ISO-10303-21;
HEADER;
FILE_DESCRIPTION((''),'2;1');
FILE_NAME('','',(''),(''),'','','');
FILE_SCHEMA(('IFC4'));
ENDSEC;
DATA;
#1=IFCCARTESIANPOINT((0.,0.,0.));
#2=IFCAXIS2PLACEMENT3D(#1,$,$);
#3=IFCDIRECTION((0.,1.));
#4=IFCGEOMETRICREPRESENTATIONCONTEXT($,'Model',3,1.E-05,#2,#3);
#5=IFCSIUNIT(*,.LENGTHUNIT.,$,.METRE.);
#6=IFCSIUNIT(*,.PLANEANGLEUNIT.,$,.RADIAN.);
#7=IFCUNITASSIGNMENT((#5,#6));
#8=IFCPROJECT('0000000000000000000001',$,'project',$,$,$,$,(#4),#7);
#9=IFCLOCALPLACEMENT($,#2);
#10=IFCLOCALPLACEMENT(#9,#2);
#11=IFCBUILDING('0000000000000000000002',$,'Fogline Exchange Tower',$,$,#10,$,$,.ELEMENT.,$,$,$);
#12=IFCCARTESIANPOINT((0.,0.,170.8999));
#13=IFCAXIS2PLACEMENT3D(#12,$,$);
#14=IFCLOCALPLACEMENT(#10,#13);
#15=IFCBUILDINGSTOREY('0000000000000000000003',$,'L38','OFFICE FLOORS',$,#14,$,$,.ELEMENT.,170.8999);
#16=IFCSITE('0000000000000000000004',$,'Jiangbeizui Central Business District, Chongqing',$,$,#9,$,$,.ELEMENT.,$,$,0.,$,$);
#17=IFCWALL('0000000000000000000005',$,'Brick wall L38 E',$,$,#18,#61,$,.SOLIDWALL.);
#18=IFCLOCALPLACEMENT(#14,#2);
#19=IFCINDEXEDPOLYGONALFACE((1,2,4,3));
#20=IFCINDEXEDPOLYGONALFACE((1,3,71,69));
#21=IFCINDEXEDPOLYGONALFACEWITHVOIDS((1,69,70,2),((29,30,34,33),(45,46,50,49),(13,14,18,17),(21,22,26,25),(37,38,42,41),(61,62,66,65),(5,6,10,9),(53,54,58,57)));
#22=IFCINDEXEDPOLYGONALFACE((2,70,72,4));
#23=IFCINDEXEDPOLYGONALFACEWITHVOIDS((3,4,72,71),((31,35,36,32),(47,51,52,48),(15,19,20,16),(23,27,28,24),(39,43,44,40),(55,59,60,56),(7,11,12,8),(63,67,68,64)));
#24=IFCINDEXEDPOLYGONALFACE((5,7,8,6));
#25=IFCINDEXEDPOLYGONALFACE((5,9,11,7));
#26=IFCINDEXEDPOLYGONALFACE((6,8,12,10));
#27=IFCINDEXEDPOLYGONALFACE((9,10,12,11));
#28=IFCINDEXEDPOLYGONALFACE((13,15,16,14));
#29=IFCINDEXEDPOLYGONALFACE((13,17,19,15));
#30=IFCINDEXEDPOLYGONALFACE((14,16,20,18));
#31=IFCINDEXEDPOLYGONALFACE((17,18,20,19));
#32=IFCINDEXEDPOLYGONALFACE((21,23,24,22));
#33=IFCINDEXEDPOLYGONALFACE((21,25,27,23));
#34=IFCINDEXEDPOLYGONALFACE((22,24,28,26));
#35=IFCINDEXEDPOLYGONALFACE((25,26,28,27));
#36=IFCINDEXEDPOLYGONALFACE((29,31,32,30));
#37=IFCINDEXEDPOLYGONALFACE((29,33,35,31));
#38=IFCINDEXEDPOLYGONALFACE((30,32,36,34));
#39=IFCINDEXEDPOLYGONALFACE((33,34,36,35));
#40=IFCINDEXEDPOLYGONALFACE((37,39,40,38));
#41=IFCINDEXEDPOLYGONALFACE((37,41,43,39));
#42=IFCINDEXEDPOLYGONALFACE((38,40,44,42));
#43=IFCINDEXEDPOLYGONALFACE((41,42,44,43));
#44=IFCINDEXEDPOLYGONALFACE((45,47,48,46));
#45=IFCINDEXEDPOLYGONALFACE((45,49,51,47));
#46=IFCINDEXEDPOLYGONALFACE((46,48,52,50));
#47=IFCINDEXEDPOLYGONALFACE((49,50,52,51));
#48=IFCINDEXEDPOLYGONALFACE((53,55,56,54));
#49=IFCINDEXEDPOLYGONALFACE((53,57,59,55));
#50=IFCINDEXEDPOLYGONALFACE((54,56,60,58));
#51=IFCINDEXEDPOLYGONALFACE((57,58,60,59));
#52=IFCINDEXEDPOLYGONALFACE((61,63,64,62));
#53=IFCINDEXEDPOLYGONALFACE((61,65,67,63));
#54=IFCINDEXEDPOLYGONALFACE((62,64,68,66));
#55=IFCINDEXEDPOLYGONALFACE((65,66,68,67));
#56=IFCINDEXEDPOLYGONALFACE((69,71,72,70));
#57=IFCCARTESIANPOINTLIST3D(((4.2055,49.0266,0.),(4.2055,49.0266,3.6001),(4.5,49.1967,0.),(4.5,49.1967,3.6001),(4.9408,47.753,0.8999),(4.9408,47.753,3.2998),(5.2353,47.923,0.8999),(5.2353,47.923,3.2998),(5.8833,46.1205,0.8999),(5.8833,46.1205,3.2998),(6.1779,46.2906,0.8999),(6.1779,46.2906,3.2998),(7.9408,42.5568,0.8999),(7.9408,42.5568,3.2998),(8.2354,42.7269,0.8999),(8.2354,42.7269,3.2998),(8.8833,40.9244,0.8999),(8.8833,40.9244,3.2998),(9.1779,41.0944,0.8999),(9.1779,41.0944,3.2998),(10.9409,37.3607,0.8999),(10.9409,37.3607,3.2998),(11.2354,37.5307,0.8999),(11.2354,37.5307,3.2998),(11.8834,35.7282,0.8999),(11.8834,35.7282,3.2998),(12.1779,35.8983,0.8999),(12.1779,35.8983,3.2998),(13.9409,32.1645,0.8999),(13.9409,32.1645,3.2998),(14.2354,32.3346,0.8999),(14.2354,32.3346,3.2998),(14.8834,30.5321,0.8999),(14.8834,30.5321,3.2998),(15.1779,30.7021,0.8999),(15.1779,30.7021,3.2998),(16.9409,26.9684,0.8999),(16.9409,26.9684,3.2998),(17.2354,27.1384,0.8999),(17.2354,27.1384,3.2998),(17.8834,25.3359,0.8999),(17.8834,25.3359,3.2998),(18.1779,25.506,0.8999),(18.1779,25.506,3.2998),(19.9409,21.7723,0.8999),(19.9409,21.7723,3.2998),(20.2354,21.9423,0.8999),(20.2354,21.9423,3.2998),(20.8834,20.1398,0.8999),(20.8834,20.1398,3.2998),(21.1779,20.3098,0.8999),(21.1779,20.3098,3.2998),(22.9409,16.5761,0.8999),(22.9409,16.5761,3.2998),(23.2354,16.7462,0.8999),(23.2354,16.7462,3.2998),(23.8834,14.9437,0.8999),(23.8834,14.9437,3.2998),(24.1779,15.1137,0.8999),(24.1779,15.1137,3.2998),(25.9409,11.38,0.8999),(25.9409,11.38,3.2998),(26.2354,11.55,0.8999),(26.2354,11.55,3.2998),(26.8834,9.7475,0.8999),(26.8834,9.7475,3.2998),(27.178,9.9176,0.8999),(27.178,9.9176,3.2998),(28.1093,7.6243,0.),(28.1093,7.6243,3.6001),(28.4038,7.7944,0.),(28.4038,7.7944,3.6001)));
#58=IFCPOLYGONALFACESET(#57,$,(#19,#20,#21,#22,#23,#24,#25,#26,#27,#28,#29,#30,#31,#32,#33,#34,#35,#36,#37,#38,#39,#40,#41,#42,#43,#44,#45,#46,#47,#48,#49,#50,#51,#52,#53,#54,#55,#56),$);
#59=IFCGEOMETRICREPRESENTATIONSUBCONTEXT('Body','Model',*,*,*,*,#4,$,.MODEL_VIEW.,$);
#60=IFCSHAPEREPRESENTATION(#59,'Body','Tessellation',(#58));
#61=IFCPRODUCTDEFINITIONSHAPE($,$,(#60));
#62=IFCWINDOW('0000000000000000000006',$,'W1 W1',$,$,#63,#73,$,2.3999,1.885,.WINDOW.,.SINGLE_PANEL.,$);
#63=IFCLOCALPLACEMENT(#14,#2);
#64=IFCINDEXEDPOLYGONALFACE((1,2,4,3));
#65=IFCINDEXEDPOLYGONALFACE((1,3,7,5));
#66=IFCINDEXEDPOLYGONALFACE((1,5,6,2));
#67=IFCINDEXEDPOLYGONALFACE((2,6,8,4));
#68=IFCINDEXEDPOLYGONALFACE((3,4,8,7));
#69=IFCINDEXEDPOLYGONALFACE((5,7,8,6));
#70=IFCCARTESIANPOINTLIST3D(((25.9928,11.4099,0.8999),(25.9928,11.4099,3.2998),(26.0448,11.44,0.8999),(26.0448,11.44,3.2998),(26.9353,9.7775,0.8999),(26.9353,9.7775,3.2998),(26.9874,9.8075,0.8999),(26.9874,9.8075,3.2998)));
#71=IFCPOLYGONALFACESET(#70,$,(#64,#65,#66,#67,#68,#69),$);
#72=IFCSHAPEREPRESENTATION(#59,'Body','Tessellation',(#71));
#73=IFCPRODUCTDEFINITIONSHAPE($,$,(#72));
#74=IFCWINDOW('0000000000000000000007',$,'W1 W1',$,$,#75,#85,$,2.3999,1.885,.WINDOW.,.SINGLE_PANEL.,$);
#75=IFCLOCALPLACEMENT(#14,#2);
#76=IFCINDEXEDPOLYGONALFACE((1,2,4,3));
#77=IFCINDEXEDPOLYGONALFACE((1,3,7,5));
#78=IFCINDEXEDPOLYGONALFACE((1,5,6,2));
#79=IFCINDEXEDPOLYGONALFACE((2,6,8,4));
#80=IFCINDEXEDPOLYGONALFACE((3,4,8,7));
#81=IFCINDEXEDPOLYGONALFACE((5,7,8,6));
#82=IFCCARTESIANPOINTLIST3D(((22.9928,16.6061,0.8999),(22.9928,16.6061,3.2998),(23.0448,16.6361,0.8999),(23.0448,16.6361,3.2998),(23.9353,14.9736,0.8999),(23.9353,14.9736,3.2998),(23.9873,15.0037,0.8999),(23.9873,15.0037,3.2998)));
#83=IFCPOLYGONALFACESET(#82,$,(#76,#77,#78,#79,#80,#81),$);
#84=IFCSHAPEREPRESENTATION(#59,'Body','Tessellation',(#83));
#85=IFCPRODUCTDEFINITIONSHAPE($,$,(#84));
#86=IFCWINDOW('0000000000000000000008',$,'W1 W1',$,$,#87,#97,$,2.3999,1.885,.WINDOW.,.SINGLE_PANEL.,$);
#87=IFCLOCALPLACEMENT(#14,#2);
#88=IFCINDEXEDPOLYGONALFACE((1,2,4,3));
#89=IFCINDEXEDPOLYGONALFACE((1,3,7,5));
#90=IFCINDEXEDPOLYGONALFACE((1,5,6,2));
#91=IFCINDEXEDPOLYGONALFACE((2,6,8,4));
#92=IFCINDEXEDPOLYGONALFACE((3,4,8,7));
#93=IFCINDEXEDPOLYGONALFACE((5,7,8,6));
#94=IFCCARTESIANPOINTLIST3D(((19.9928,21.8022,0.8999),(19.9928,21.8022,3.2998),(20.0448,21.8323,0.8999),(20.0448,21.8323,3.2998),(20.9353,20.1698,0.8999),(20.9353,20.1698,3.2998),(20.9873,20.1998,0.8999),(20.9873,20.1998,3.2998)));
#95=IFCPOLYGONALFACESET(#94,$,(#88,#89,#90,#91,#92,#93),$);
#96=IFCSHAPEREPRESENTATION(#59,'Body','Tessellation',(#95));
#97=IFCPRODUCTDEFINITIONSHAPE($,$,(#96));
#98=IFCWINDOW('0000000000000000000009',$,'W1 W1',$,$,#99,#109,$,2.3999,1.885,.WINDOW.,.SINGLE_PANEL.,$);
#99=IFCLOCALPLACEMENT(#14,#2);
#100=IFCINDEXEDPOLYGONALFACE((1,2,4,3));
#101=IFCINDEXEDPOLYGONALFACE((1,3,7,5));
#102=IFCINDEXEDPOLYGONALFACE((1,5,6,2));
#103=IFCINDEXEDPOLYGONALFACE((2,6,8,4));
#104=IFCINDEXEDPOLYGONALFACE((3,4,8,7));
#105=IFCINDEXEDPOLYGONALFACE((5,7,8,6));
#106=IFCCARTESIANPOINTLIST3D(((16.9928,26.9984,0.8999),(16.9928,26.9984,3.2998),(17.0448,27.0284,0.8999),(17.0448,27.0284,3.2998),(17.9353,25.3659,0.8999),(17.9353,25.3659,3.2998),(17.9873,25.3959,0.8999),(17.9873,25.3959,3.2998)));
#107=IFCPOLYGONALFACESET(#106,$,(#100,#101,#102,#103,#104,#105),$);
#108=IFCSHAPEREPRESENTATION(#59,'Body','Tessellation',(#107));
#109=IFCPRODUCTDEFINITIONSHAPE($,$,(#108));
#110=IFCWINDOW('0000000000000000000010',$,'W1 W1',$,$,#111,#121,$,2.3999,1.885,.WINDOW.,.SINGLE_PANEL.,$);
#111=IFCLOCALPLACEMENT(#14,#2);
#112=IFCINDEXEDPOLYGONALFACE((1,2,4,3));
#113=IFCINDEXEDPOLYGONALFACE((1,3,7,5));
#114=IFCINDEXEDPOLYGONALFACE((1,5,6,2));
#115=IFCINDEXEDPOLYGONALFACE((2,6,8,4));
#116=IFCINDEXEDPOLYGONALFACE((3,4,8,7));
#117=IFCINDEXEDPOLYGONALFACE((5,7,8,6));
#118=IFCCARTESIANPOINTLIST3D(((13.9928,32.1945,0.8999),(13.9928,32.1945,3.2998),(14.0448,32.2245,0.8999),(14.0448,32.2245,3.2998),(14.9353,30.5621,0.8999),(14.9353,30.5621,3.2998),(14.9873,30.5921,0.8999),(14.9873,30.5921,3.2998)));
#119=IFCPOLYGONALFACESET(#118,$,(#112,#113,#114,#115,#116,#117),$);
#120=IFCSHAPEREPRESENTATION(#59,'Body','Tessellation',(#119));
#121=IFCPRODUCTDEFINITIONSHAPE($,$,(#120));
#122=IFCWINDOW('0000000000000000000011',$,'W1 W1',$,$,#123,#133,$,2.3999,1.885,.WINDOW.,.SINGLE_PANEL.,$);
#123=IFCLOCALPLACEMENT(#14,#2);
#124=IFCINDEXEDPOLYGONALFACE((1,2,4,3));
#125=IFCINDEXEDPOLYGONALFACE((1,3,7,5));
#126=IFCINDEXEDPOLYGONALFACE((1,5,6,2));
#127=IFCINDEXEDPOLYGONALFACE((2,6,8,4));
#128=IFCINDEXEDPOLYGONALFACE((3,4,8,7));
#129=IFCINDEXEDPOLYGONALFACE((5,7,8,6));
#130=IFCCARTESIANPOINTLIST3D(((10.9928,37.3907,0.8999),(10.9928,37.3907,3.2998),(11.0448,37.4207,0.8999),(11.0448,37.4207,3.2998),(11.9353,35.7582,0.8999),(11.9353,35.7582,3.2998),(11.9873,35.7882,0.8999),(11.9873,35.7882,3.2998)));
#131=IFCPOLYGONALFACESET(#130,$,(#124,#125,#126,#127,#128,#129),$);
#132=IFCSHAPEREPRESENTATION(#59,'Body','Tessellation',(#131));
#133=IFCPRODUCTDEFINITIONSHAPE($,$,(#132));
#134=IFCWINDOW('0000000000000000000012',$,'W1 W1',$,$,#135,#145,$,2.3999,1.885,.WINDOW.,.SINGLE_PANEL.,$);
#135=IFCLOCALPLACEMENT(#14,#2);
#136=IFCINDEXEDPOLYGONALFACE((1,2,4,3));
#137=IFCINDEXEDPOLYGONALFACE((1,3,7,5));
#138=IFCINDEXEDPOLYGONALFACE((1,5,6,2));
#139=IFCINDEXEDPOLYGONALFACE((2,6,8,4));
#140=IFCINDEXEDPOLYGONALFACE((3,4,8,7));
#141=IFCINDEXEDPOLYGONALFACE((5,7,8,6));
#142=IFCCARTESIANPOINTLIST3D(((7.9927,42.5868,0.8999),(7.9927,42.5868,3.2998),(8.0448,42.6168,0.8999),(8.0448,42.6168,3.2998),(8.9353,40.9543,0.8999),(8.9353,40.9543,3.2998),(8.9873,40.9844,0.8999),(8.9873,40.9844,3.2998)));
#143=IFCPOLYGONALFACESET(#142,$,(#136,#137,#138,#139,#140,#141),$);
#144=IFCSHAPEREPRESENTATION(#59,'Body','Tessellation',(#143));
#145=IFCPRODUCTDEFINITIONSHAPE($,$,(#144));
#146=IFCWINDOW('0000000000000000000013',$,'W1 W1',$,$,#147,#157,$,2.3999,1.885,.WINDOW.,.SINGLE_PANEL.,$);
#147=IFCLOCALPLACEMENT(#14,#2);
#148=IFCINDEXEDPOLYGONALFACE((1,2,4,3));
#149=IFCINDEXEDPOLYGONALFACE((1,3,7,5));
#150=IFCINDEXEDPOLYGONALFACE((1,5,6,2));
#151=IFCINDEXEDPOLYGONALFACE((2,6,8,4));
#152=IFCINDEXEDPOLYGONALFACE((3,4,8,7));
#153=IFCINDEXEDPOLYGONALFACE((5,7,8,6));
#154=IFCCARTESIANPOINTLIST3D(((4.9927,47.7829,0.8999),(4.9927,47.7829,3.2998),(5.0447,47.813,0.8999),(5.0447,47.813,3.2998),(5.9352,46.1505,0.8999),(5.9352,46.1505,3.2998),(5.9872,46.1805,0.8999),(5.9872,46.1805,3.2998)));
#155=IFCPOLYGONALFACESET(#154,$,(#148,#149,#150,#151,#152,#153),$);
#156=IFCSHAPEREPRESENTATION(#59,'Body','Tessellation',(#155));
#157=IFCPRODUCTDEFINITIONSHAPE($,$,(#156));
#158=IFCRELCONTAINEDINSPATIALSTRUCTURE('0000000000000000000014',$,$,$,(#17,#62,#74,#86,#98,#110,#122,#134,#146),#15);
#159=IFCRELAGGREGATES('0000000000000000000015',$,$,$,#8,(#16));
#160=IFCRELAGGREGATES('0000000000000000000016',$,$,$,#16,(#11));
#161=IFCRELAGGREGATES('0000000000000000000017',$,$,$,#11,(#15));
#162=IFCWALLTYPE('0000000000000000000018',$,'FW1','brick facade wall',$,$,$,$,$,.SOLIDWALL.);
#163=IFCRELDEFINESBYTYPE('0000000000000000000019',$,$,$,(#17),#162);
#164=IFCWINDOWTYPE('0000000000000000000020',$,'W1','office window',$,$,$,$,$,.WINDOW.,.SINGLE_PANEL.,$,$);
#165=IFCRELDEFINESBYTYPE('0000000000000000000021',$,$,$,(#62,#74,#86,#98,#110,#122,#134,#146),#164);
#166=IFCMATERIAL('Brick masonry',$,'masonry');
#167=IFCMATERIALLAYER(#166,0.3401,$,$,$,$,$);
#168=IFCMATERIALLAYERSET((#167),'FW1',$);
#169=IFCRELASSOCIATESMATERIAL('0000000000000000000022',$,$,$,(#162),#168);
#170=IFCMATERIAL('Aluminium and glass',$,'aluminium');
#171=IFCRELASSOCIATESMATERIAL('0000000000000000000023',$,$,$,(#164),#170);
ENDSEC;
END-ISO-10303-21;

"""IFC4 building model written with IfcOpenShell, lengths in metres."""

from ifc_helpers import new_model, si_unit, direction, frame, frame_2d, origin, place, context, subcontext, project, spatial, rectangle, extrude, material, layer, layer_set, type_object, element, fill, save


model = new_model("IFC4")

# Units and contexts
model_context = context("Model", 3, precision=1e-05, world=origin(), true_north=direction((0.0, 1.0)))
body_context = subcontext(model_context, "Body", "Model", "MODEL_VIEW")
ifc_project = project(units=[si_unit("LENGTHUNIT", "METRE"), si_unit("PLANEANGLEUNIT", "RADIAN")], contexts=[model_context])

# Site, building, storey
site_placement = place(None, origin())
site = spatial("IfcSite", under=ifc_project, at=site_placement, Name="Jiangbeizui Central Business District, Chongqing", CompositionType="ELEMENT", RefElevation=0.0)
building_placement = place(site_placement, origin())
building = spatial("IfcBuilding", under=site, at=building_placement, Name="Fogline Exchange Tower", CompositionType="ELEMENT")
storey_placement = place(building_placement, frame((0.0, 0.0, 170.8999)))
storey = spatial("IfcBuildingStorey", under=building, at=storey_placement, Name="L38", Description="OFFICE FLOORS", CompositionType="ELEMENT", Elevation=170.8999)

# Shared definitions
ifc_material_1 = material(Name="Brick masonry", Category="masonry")
ifc_layer = layer(ifc_material_1, 0.3401)
ifc_layer_set = layer_set([ifc_layer], Name="FW1")
wall_type = type_object("IfcWallType", Name="FW1", Description="brick facade wall", PredefinedType="SOLIDWALL", material=ifc_layer_set)
ifc_material_2 = material(Name="Aluminium and glass", Category="aluminium")

# Wall, openings, windows
wall_1_placement = place(storey_placement, frame((28.2566, 7.7092, 0.0), z_axis=(0.0, 0.0, 1.0), x_axis=(-0.500002, 0.866024, 0.0)))
wall_1 = element("IfcWall", 1, at=wall_1_placement, inside=storey, type_object=wall_type, Name="Brick wall L38 E", PredefinedType="SOLIDWALL", context=body_context, shape_type="SweptSolid", body=[
    extrude(rectangle(XDim=47.8074, YDim=0.3401, at=frame_2d((23.9038, 0.0))), origin(), (0.0, 0.0, 1.0), 3.6001),
])
opening_1_placement = place(wall_1_placement, frame((2.4519, 0.0, 0.8999)))
opening_1 = element("IfcOpeningElement", 2, at=opening_1_placement, cuts=wall_1, PredefinedType="OPENING", context=body_context, shape_type="SweptSolid", body=[
    extrude(rectangle(XDim=1.885, YDim=2.3999, at=frame_2d((0.9424, 1.2))), frame((0.0, 0.1802, 0.0), z_axis=(0.0, -1.0, 0.0), x_axis=(1.0, 0.0, 0.0)), (0.0, 0.0, 1.0), 0.3601),
])
opening_2_placement = place(wall_1_placement, frame((8.4519, 0.0, 0.8999)))
opening_2 = element("IfcOpeningElement", 3, at=opening_2_placement, cuts=wall_1, PredefinedType="OPENING", context=body_context, shape_type="SweptSolid", body=[
    extrude(rectangle(XDim=1.885, YDim=2.3999, at=frame_2d((0.9424, 1.2))), frame((0.0, 0.1802, 0.0), z_axis=(0.0, -1.0, 0.0), x_axis=(1.0, 0.0, 0.0)), (0.0, 0.0, 1.0), 0.3601),
])
opening_3_placement = place(wall_1_placement, frame((14.4519, 0.0, 0.8999)))
opening_3 = element("IfcOpeningElement", 4, at=opening_3_placement, cuts=wall_1, PredefinedType="OPENING", context=body_context, shape_type="SweptSolid", body=[
    extrude(rectangle(XDim=1.885, YDim=2.3999, at=frame_2d((0.9424, 1.2))), frame((0.0, 0.1802, 0.0), z_axis=(0.0, -1.0, 0.0), x_axis=(1.0, 0.0, 0.0)), (0.0, 0.0, 1.0), 0.3601),
])
opening_4_placement = place(wall_1_placement, frame((20.4519, 0.0, 0.8999)))
opening_4 = element("IfcOpeningElement", 5, at=opening_4_placement, cuts=wall_1, PredefinedType="OPENING", context=body_context, shape_type="SweptSolid", body=[
    extrude(rectangle(XDim=1.885, YDim=2.3999, at=frame_2d((0.9424, 1.2))), frame((0.0, 0.1802, 0.0), z_axis=(0.0, -1.0, 0.0), x_axis=(1.0, 0.0, 0.0)), (0.0, 0.0, 1.0), 0.3601),
])
opening_5_placement = place(wall_1_placement, frame((26.4519, 0.0, 0.8999)))
opening_5 = element("IfcOpeningElement", 6, at=opening_5_placement, cuts=wall_1, PredefinedType="OPENING", context=body_context, shape_type="SweptSolid", body=[
    extrude(rectangle(XDim=1.885, YDim=2.3999, at=frame_2d((0.9424, 1.2))), frame((0.0, 0.1802, 0.0), z_axis=(0.0, -1.0, 0.0), x_axis=(1.0, 0.0, 0.0)), (0.0, 0.0, 1.0), 0.3601),
])
opening_6_placement = place(wall_1_placement, frame((32.4519, 0.0, 0.8999)))
opening_6 = element("IfcOpeningElement", 7, at=opening_6_placement, cuts=wall_1, PredefinedType="OPENING", context=body_context, shape_type="SweptSolid", body=[
    extrude(rectangle(XDim=1.885, YDim=2.3999, at=frame_2d((0.9424, 1.2))), frame((0.0, 0.1802, 0.0), z_axis=(0.0, -1.0, 0.0), x_axis=(1.0, 0.0, 0.0)), (0.0, 0.0, 1.0), 0.3601),
])
opening_7_placement = place(wall_1_placement, frame((38.4519, 0.0, 0.8999)))
opening_7 = element("IfcOpeningElement", 8, at=opening_7_placement, cuts=wall_1, PredefinedType="OPENING", context=body_context, shape_type="SweptSolid", body=[
    extrude(rectangle(XDim=1.885, YDim=2.3999, at=frame_2d((0.9424, 1.2))), frame((0.0, 0.1802, 0.0), z_axis=(0.0, -1.0, 0.0), x_axis=(1.0, 0.0, 0.0)), (0.0, 0.0, 1.0), 0.3601),
])
opening_8_placement = place(wall_1_placement, frame((44.4519, 0.0, 0.8999)))
opening_8 = element("IfcOpeningElement", 9, at=opening_8_placement, cuts=wall_1, PredefinedType="OPENING", context=body_context, shape_type="SweptSolid", body=[
    extrude(rectangle(XDim=1.885, YDim=2.3999, at=frame_2d((0.9424, 1.2))), frame((0.0, 0.1802, 0.0), z_axis=(0.0, -1.0, 0.0), x_axis=(1.0, 0.0, 0.0)), (0.0, 0.0, 1.0), 0.3601),
])
window_type = type_object("IfcWindowType", Name="W1", Description="office window", PartitioningType="SINGLE_PANEL", PredefinedType="WINDOW", material=ifc_material_2)
window_1_placement = place(opening_1_placement, origin())
window_1 = element("IfcWindow", 10, at=window_1_placement, inside=storey, type_object=window_type, Name="W1 W1", OverallHeight=2.3999, OverallWidth=1.885, PartitioningType="SINGLE_PANEL", PredefinedType="WINDOW", context=body_context, shape_type="SweptSolid", body=[
    extrude(rectangle(XDim=1.885, YDim=2.3999, at=frame_2d((0.9424, 1.2))), frame((0.0, 0.1101, 0.0), z_axis=(0.0, -1.0, 0.0), x_axis=(1.0, 0.0, 0.0)), (0.0, 0.0, 1.0), 0.0601),
])
fill(opening_1, window_1)
window_2_placement = place(opening_2_placement, origin())
window_2 = element("IfcWindow", 11, at=window_2_placement, inside=storey, type_object=window_type, Name="W1 W1", OverallHeight=2.3999, OverallWidth=1.885, PartitioningType="SINGLE_PANEL", PredefinedType="WINDOW", context=body_context, shape_type="SweptSolid", body=[
    extrude(rectangle(XDim=1.885, YDim=2.3999, at=frame_2d((0.9424, 1.2))), frame((0.0, 0.1101, 0.0), z_axis=(0.0, -1.0, 0.0), x_axis=(1.0, 0.0, 0.0)), (0.0, 0.0, 1.0), 0.0601),
])
fill(opening_2, window_2)
window_3_placement = place(opening_3_placement, origin())
window_3 = element("IfcWindow", 12, at=window_3_placement, inside=storey, type_object=window_type, Name="W1 W1", OverallHeight=2.3999, OverallWidth=1.885, PartitioningType="SINGLE_PANEL", PredefinedType="WINDOW", context=body_context, shape_type="SweptSolid", body=[
    extrude(rectangle(XDim=1.885, YDim=2.3999, at=frame_2d((0.9424, 1.2))), frame((0.0, 0.1101, 0.0), z_axis=(0.0, -1.0, 0.0), x_axis=(1.0, 0.0, 0.0)), (0.0, 0.0, 1.0), 0.0601),
])
fill(opening_3, window_3)
window_4_placement = place(opening_4_placement, origin())
window_4 = element("IfcWindow", 13, at=window_4_placement, inside=storey, type_object=window_type, Name="W1 W1", OverallHeight=2.3999, OverallWidth=1.885, PartitioningType="SINGLE_PANEL", PredefinedType="WINDOW", context=body_context, shape_type="SweptSolid", body=[
    extrude(rectangle(XDim=1.885, YDim=2.3999, at=frame_2d((0.9424, 1.2))), frame((0.0, 0.1101, 0.0), z_axis=(0.0, -1.0, 0.0), x_axis=(1.0, 0.0, 0.0)), (0.0, 0.0, 1.0), 0.0601),
])
fill(opening_4, window_4)
window_5_placement = place(opening_5_placement, origin())
window_5 = element("IfcWindow", 14, at=window_5_placement, inside=storey, type_object=window_type, Name="W1 W1", OverallHeight=2.3999, OverallWidth=1.885, PartitioningType="SINGLE_PANEL", PredefinedType="WINDOW", context=body_context, shape_type="SweptSolid", body=[
    extrude(rectangle(XDim=1.885, YDim=2.3999, at=frame_2d((0.9424, 1.2))), frame((0.0, 0.1101, 0.0), z_axis=(0.0, -1.0, 0.0), x_axis=(1.0, 0.0, 0.0)), (0.0, 0.0, 1.0), 0.0601),
])
fill(opening_5, window_5)
window_6_placement = place(opening_6_placement, origin())
window_6 = element("IfcWindow", 15, at=window_6_placement, inside=storey, type_object=window_type, Name="W1 W1", OverallHeight=2.3999, OverallWidth=1.885, PartitioningType="SINGLE_PANEL", PredefinedType="WINDOW", context=body_context, shape_type="SweptSolid", body=[
    extrude(rectangle(XDim=1.885, YDim=2.3999, at=frame_2d((0.9424, 1.2))), frame((0.0, 0.1101, 0.0), z_axis=(0.0, -1.0, 0.0), x_axis=(1.0, 0.0, 0.0)), (0.0, 0.0, 1.0), 0.0601),
])
fill(opening_6, window_6)
window_7_placement = place(opening_7_placement, origin())
window_7 = element("IfcWindow", 16, at=window_7_placement, inside=storey, type_object=window_type, Name="W1 W1", OverallHeight=2.3999, OverallWidth=1.885, PartitioningType="SINGLE_PANEL", PredefinedType="WINDOW", context=body_context, shape_type="SweptSolid", body=[
    extrude(rectangle(XDim=1.885, YDim=2.3999, at=frame_2d((0.9424, 1.2))), frame((0.0, 0.1101, 0.0), z_axis=(0.0, -1.0, 0.0), x_axis=(1.0, 0.0, 0.0)), (0.0, 0.0, 1.0), 0.0601),
])
fill(opening_7, window_7)
window_8_placement = place(opening_8_placement, origin())
window_8 = element("IfcWindow", 17, at=window_8_placement, inside=storey, type_object=window_type, Name="W1 W1", OverallHeight=2.3999, OverallWidth=1.885, PartitioningType="SINGLE_PANEL", PredefinedType="WINDOW", context=body_context, shape_type="SweptSolid", body=[
    extrude(rectangle(XDim=1.885, YDim=2.3999, at=frame_2d((0.9424, 1.2))), frame((0.0, 0.1101, 0.0), z_axis=(0.0, -1.0, 0.0), x_axis=(1.0, 0.0, 0.0)), (0.0, 0.0, 1.0), 0.0601),
])
fill(opening_8, window_8)

save(model, "model.ifc")
